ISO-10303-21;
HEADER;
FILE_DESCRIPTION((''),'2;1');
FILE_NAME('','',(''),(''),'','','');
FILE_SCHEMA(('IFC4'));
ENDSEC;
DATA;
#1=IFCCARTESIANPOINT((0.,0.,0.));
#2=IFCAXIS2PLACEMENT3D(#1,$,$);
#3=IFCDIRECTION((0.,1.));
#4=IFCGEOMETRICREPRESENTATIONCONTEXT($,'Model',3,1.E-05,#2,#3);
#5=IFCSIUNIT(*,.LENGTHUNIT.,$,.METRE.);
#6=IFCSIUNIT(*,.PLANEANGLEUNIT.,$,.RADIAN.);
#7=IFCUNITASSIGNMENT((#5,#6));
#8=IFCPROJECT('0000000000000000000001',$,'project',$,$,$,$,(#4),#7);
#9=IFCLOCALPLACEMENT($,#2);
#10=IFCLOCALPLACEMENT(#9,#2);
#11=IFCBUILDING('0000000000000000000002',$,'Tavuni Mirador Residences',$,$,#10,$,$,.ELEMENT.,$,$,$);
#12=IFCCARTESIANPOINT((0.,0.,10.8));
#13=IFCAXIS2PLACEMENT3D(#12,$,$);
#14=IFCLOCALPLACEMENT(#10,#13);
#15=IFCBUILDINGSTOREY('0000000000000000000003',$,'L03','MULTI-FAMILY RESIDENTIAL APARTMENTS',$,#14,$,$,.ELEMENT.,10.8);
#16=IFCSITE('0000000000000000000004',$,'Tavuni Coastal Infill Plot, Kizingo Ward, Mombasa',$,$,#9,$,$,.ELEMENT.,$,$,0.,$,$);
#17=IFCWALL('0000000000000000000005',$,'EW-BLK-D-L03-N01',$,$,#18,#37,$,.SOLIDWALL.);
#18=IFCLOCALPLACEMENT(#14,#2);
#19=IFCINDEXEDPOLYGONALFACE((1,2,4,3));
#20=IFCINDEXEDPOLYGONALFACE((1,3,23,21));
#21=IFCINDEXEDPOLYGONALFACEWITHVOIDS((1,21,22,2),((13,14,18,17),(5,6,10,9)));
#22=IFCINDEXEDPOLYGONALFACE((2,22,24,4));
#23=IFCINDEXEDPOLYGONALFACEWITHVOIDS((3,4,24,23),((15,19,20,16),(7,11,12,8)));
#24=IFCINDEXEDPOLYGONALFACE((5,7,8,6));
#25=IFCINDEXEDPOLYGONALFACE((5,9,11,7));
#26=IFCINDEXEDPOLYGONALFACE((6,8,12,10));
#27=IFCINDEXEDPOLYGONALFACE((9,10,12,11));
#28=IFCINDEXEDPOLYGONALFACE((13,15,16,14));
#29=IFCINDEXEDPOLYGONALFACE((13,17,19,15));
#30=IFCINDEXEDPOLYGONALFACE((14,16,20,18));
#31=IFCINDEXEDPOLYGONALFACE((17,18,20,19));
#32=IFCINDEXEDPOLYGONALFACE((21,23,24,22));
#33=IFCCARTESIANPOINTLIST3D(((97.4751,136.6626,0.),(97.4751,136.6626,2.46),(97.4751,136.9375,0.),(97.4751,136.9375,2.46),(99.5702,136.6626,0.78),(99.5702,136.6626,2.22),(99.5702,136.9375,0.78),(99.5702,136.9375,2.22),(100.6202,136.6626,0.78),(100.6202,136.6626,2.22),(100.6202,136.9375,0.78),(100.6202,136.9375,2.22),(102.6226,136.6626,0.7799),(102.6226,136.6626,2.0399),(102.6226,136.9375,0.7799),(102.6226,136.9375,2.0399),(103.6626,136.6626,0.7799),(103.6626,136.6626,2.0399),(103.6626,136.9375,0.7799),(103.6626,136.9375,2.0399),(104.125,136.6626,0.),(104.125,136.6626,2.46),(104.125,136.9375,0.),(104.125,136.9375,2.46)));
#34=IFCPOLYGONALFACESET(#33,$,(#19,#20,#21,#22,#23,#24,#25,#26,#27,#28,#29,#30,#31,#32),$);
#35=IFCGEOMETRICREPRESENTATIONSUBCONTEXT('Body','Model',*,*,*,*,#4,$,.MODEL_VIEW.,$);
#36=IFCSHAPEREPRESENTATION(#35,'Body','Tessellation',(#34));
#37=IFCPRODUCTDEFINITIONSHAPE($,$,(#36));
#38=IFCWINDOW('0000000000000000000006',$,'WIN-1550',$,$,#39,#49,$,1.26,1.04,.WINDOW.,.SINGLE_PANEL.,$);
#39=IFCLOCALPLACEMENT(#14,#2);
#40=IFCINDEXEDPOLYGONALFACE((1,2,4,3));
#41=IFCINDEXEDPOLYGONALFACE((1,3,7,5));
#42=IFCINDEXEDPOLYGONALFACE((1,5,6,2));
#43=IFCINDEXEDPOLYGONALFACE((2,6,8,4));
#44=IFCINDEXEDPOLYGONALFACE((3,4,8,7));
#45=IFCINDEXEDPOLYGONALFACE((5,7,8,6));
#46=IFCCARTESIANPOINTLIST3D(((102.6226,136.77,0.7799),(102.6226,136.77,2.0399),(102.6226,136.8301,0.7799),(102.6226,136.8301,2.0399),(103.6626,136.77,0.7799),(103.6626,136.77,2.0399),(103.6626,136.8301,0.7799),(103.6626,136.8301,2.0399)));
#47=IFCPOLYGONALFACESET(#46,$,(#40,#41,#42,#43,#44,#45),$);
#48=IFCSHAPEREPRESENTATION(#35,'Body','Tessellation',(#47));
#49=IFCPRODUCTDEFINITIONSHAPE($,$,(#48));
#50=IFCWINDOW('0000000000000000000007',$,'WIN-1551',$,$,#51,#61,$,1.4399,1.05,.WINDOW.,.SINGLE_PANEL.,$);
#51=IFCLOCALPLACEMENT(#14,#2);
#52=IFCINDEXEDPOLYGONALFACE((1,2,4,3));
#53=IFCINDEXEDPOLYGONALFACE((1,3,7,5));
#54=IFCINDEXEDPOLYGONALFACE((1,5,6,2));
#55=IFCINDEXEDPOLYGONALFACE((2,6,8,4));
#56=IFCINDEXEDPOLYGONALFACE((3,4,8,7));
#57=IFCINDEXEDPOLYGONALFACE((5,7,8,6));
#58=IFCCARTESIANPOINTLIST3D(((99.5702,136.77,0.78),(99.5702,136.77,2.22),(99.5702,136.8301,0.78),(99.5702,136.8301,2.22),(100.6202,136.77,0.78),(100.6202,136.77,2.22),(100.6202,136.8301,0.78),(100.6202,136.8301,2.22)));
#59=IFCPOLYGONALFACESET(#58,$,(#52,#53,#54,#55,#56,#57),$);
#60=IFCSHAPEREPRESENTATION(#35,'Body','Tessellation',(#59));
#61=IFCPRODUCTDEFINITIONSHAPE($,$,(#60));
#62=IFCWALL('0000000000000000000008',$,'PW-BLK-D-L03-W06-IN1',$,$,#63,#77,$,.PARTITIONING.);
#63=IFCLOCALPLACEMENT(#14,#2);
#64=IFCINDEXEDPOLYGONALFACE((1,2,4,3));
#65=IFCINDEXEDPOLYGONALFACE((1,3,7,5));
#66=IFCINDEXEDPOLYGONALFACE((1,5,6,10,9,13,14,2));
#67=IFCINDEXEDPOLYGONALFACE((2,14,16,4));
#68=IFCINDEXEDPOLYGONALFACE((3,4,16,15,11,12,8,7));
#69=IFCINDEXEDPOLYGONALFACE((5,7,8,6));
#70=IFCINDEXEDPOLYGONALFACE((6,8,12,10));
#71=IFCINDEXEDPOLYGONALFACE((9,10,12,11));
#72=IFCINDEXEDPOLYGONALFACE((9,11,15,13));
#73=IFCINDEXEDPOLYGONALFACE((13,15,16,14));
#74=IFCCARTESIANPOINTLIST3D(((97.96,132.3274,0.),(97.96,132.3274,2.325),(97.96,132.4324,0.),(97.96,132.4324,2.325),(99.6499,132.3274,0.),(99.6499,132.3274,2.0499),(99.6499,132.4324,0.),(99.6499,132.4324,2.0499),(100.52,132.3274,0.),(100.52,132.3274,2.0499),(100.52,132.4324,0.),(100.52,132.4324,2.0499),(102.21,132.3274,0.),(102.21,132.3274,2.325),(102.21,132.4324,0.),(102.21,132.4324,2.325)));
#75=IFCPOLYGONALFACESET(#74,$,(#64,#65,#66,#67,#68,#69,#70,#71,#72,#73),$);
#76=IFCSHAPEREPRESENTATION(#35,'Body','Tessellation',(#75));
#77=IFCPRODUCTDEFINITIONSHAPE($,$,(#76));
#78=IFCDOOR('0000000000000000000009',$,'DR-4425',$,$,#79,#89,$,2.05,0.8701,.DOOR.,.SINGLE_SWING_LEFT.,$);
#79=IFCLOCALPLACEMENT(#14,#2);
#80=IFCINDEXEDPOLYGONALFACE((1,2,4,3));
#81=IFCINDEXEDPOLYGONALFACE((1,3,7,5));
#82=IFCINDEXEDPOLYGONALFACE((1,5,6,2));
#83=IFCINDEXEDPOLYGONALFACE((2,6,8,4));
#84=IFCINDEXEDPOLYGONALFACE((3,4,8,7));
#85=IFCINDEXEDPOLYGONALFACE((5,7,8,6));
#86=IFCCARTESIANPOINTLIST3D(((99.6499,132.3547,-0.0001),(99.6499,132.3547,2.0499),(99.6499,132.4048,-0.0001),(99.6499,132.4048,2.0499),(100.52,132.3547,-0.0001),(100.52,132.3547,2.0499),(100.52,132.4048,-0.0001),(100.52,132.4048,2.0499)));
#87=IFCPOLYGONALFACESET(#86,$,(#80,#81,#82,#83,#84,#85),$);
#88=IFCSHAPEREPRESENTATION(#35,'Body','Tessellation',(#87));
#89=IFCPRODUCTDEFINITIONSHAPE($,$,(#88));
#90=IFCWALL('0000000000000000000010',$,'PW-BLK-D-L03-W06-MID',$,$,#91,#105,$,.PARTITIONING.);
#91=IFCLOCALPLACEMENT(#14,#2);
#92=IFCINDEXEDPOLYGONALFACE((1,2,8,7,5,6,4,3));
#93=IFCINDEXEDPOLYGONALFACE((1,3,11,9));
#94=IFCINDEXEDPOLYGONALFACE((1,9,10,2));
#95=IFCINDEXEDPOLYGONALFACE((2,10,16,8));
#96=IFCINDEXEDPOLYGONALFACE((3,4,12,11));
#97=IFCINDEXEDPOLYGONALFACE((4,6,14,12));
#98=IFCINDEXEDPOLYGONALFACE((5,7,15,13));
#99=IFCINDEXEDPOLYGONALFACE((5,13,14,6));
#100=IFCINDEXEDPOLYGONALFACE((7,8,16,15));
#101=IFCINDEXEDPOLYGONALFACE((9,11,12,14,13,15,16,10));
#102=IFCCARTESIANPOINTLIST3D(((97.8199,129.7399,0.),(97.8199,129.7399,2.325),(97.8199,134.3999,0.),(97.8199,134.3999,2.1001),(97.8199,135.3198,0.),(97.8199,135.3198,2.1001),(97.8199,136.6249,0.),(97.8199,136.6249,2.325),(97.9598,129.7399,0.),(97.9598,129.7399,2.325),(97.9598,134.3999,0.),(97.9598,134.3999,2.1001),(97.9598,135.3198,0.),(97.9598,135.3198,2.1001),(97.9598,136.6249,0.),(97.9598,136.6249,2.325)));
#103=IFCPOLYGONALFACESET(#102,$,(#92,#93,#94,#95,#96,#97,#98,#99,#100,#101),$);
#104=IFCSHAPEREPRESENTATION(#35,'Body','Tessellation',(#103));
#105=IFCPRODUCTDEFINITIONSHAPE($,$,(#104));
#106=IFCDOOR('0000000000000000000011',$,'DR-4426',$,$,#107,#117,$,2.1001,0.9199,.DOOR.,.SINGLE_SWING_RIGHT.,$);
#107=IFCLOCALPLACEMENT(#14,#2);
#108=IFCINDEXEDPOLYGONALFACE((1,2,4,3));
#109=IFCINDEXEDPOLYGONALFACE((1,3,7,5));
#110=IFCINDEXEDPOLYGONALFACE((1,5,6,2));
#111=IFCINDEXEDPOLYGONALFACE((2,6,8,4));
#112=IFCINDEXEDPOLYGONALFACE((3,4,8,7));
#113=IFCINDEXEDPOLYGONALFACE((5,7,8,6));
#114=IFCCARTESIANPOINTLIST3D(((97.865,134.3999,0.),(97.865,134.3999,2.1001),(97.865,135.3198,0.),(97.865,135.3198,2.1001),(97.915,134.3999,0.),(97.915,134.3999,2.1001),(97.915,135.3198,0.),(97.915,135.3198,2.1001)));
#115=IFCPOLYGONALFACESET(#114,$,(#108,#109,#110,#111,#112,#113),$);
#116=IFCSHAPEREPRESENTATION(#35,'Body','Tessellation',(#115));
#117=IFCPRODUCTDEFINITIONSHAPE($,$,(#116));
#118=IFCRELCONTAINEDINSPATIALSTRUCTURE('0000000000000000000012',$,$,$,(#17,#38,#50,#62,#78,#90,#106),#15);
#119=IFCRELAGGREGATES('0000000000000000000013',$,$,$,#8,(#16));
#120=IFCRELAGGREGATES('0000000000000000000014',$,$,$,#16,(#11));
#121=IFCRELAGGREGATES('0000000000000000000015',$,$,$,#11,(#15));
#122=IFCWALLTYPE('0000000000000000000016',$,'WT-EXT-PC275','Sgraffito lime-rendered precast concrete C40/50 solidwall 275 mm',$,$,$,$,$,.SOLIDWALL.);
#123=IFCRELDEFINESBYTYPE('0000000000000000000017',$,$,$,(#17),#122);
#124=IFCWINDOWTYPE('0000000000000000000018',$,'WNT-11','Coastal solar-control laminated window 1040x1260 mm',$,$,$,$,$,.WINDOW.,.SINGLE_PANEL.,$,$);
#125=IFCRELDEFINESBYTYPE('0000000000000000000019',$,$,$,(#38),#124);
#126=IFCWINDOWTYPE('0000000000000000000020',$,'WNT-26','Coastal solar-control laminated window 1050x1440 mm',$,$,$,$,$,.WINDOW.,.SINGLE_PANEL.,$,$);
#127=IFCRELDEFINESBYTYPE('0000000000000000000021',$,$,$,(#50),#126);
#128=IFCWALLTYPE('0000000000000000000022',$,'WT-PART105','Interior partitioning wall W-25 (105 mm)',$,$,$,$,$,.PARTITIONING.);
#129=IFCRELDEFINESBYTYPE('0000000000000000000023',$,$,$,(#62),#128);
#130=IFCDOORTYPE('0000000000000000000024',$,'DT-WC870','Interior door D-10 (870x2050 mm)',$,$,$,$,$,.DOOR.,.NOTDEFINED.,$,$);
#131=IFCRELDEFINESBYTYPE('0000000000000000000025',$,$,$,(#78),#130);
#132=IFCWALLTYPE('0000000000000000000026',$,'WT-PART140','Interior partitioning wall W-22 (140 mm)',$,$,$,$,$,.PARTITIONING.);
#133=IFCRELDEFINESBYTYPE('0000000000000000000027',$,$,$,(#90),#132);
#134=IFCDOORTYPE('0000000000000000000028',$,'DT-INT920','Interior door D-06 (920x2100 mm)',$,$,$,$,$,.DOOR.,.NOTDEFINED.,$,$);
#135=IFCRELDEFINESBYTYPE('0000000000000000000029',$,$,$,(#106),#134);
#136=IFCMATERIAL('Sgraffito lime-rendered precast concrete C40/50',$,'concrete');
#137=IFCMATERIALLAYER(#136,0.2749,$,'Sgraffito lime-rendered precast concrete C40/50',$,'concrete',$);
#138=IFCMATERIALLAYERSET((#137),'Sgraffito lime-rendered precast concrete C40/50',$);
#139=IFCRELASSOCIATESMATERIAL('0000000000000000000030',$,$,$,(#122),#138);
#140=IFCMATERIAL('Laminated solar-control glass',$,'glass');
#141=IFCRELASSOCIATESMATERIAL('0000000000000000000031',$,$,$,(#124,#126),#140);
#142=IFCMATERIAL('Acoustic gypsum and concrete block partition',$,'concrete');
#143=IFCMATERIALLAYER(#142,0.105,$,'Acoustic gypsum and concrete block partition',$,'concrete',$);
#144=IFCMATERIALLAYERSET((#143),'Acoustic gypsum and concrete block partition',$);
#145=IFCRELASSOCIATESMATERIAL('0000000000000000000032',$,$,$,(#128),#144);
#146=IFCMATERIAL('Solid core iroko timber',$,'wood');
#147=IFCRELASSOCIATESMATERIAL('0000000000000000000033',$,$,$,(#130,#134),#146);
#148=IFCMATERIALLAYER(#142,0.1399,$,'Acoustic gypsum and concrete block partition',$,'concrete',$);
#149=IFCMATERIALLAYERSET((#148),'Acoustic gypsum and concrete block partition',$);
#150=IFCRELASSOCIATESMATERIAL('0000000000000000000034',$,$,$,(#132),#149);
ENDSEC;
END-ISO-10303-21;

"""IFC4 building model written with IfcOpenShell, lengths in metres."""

from ifc_helpers import new_model, si_unit, direction, frame, frame_2d, origin, place, context, subcontext, project, spatial, rectangle, extrude, material, layer, layer_set, type_object, element, fill, save


model = new_model("IFC4")

# Units and contexts
model_context = context("Model", 3, precision=1e-05, world=origin(), true_north=direction((0.0, 1.0)))
body_context = subcontext(model_context, "Body", "Model", "MODEL_VIEW")
ifc_project = project(units=[si_unit("LENGTHUNIT", "METRE"), si_unit("PLANEANGLEUNIT", "RADIAN")], contexts=[model_context])

# Site, building, storey
site_placement = place(None, origin())
site = spatial("IfcSite", under=ifc_project, at=site_placement, Name="Tavuni Coastal Infill Plot, Kizingo Ward, Mombasa", CompositionType="ELEMENT", RefElevation=0.0)
building_placement = place(site_placement, origin())
building = spatial("IfcBuilding", under=site, at=building_placement, Name="Tavuni Mirador Residences", CompositionType="ELEMENT")
storey_placement = place(building_placement, frame((0.0, 0.0, 10.8)))
storey = spatial("IfcBuildingStorey", under=building, at=storey_placement, Name="L03", Description="MULTI-FAMILY RESIDENTIAL APARTMENTS", CompositionType="ELEMENT", Elevation=10.8)

# Shared definitions
ifc_material_1 = material(Name="Solid core iroko timber", Category="wood")

# Wall, openings, windows
ifc_material_2 = material(Name="Sgraffito lime-rendered precast concrete C40/50", Category="concrete")
ifc_material_3 = material(Name="Laminated solar-control glass", Category="glass")
ifc_layer_1 = layer(ifc_material_2, 0.2749, Name="Sgraffito lime-rendered precast concrete C40/50", Category="concrete")
ifc_layer_set_1 = layer_set([ifc_layer_1], Name="Sgraffito lime-rendered precast concrete C40/50")
wall_type_1 = type_object("IfcWallType", Name="WT-EXT-PC275", Description="Sgraffito lime-rendered precast concrete C40/50 solidwall 275 mm", PredefinedType="SOLIDWALL", material=ifc_layer_set_1)
wall_1_placement = place(storey_placement, frame((104.125, 136.8, 0.0), z_axis=(0.0, 0.0, 1.0), x_axis=(-1.0, 0.0, 0.0)))
wall_1 = element("IfcWall", 1, at=wall_1_placement, inside=storey, type_object=wall_type_1, Name="EW-BLK-D-L03-N01", PredefinedType="SOLIDWALL", context=body_context, shape_type="SweptSolid", body=[
    extrude(rectangle(XDim=6.6499, YDim=0.2749, at=frame_2d((3.325, 0.0))), origin(), (0.0, 0.0, 1.0), 2.46),
])
opening_1_placement = place(wall_1_placement, frame((0.4624, 0.0, 0.78)))
opening_1 = element("IfcOpeningElement", 2, at=opening_1_placement, cuts=wall_1, PredefinedType="OPENING", context=body_context, shape_type="SweptSolid", body=[
    extrude(rectangle(XDim=1.04, YDim=1.26, at=frame_2d((0.52, 0.6299))), frame((0.0, 0.1475, 0.0), z_axis=(0.0, -1.0, 0.0), x_axis=(1.0, 0.0, 0.0)), (0.0, 0.0, 1.0), 0.2949),
])
opening_2_placement = place(wall_1_placement, frame((3.5049, 0.0, 0.78)))
opening_2 = element("IfcOpeningElement", 3, at=opening_2_placement, cuts=wall_1, PredefinedType="OPENING", context=body_context, shape_type="SweptSolid", body=[
    extrude(rectangle(XDim=1.05, YDim=1.4399, at=frame_2d((0.5249, 0.72))), frame((0.0, 0.1475, 0.0), z_axis=(0.0, -1.0, 0.0), x_axis=(1.0, 0.0, 0.0)), (0.0, 0.0, 1.0), 0.2949),
])
window_type_1 = type_object("IfcWindowType", Name="WNT-11", Description="Coastal solar-control laminated window 1040x1260 mm", PartitioningType="SINGLE_PANEL", PredefinedType="WINDOW", material=ifc_material_3)
window_1_placement = place(opening_1_placement, origin())
window_1 = element("IfcWindow", 4, at=window_1_placement, inside=storey, type_object=window_type_1, Name="WIN-1550", OverallHeight=1.26, OverallWidth=1.04, PartitioningType="SINGLE_PANEL", PredefinedType="WINDOW", context=body_context, shape_type="SweptSolid", body=[
    extrude(rectangle(XDim=1.04, YDim=1.26, at=frame_2d((0.52, 0.6299))), frame((0.0, 0.03, 0.0), z_axis=(0.0, -1.0, 0.0), x_axis=(1.0, 0.0, 0.0)), (0.0, 0.0, 1.0), 0.0601),
])
fill(opening_1, window_1)
window_type_2 = type_object("IfcWindowType", Name="WNT-26", Description="Coastal solar-control laminated window 1050x1440 mm", PartitioningType="SINGLE_PANEL", PredefinedType="WINDOW", material=ifc_material_3)
window_2_placement = place(opening_2_placement, origin())
window_2 = element("IfcWindow", 5, at=window_2_placement, inside=storey, type_object=window_type_2, Name="WIN-1551", OverallHeight=1.4399, OverallWidth=1.05, PartitioningType="SINGLE_PANEL", PredefinedType="WINDOW", context=body_context, shape_type="SweptSolid", body=[
    extrude(rectangle(XDim=1.05, YDim=1.4399, at=frame_2d((0.5249, 0.72))), frame((0.0, 0.03, 0.0), z_axis=(0.0, -1.0, 0.0), x_axis=(1.0, 0.0, 0.0)), (0.0, 0.0, 1.0), 0.0601),
])
fill(opening_2, window_2)

# Walls, openings, doors
ifc_material_4 = material(Name="Acoustic gypsum and concrete block partition", Category="concrete")
ifc_layer_2 = layer(ifc_material_4, 0.105, Name="Acoustic gypsum and concrete block partition", Category="concrete")
ifc_layer_set_2 = layer_set([ifc_layer_2], Name="Acoustic gypsum and concrete block partition")
wall_type_2 = type_object("IfcWallType", Name="WT-PART105", Description="Interior partitioning wall W-25 (105 mm)", PredefinedType="PARTITIONING", material=ifc_layer_set_2)
wall_2_placement = place(storey_placement, frame((97.96, 132.3799, 0.0), z_axis=(0.0, 0.0, 1.0), x_axis=(1.0, 0.0, 0.0)))
wall_2 = element("IfcWall", 6, at=wall_2_placement, inside=storey, type_object=wall_type_2, Name="PW-BLK-D-L03-W06-IN1", PredefinedType="PARTITIONING", context=body_context, shape_type="SweptSolid", body=[
    extrude(rectangle(XDim=4.25, YDim=0.105, at=frame_2d((2.125, 0.0))), origin(), (0.0, 0.0, 1.0), 2.325),
])
opening_3_placement = place(wall_2_placement, frame((1.6899, 0.0, 0.0)))
opening_3 = element("IfcOpeningElement", 7, at=opening_3_placement, cuts=wall_2, PredefinedType="OPENING", context=body_context, shape_type="SweptSolid", body=[
    extrude(rectangle(XDim=0.8701, YDim=2.05, at=frame_2d((0.4351, 1.0249))), frame((0.0, 0.0625, 0.0), z_axis=(0.0, -1.0, 0.0), x_axis=(1.0, 0.0, 0.0)), (0.0, 0.0, 1.0), 0.125),
])
door_type_1 = type_object("IfcDoorType", Name="DT-WC870", Description="Interior door D-10 (870x2050 mm)", OperationType="NOTDEFINED", PredefinedType="DOOR", material=ifc_material_1)
door_1_placement = place(opening_3_placement, origin())
door_1 = element("IfcDoor", 8, at=door_1_placement, inside=storey, type_object=door_type_1, Name="DR-4425", OperationType="SINGLE_SWING_LEFT", OverallHeight=2.05, OverallWidth=0.8701, PredefinedType="DOOR", context=body_context, shape_type="SweptSolid", body=[
    extrude(rectangle(XDim=0.8701, YDim=2.05, at=frame_2d((0.4351, 1.0249))), frame((0.0, 0.0249, 0.0), z_axis=(0.0, -1.0, 0.0), x_axis=(1.0, 0.0, 0.0)), (0.0, 0.0, 1.0), 0.05),
])
fill(opening_3, door_1)
ifc_layer_3 = layer(ifc_material_4, 0.1399, Name="Acoustic gypsum and concrete block partition", Category="concrete")
ifc_layer_set_3 = layer_set([ifc_layer_3], Name="Acoustic gypsum and concrete block partition")
wall_type_3 = type_object("IfcWallType", Name="WT-PART140", Description="Interior partitioning wall W-22 (140 mm)", PredefinedType="PARTITIONING", material=ifc_layer_set_3)
wall_3_placement = place(storey_placement, frame((97.8899, 129.74, 0.0), z_axis=(0.0, 0.0, 1.0), x_axis=(0.0, 1.0, 0.0)))
wall_3 = element("IfcWall", 9, at=wall_3_placement, inside=storey, type_object=wall_type_3, Name="PW-BLK-D-L03-W06-MID", PredefinedType="PARTITIONING", context=body_context, shape_type="SweptSolid", body=[
    extrude(rectangle(XDim=6.885, YDim=0.1399, at=frame_2d((3.4424, 0.0))), origin(), (0.0, 0.0, 1.0), 2.325),
])
opening_4_placement = place(wall_3_placement, frame((4.6599, 0.0, 0.0)))
opening_4 = element("IfcOpeningElement", 10, at=opening_4_placement, cuts=wall_3, PredefinedType="OPENING", context=body_context, shape_type="SweptSolid", body=[
    extrude(rectangle(XDim=0.9199, YDim=2.1001, at=frame_2d((0.46, 1.05))), frame((0.0, 0.0801, 0.0), z_axis=(0.0, -1.0, 0.0), x_axis=(1.0, 0.0, 0.0)), (0.0, 0.0, 1.0), 0.1599),
])
door_type_2 = type_object("IfcDoorType", Name="DT-INT920", Description="Interior door D-06 (920x2100 mm)", OperationType="NOTDEFINED", PredefinedType="DOOR", material=ifc_material_1)
door_2_placement = place(opening_4_placement, origin())
door_2 = element("IfcDoor", 11, at=door_2_placement, inside=storey, type_object=door_type_2, Name="DR-4426", OperationType="SINGLE_SWING_RIGHT", OverallHeight=2.1001, OverallWidth=0.9199, PredefinedType="DOOR", context=body_context, shape_type="SweptSolid", body=[
    extrude(rectangle(XDim=0.9199, YDim=2.1001, at=frame_2d((0.46, 1.05))), frame((0.0, 0.0249, 0.0), z_axis=(0.0, -1.0, 0.0), x_axis=(1.0, 0.0, 0.0)), (0.0, 0.0, 1.0), 0.05),
])
fill(opening_4, door_2)

save(model, "model.ifc")
